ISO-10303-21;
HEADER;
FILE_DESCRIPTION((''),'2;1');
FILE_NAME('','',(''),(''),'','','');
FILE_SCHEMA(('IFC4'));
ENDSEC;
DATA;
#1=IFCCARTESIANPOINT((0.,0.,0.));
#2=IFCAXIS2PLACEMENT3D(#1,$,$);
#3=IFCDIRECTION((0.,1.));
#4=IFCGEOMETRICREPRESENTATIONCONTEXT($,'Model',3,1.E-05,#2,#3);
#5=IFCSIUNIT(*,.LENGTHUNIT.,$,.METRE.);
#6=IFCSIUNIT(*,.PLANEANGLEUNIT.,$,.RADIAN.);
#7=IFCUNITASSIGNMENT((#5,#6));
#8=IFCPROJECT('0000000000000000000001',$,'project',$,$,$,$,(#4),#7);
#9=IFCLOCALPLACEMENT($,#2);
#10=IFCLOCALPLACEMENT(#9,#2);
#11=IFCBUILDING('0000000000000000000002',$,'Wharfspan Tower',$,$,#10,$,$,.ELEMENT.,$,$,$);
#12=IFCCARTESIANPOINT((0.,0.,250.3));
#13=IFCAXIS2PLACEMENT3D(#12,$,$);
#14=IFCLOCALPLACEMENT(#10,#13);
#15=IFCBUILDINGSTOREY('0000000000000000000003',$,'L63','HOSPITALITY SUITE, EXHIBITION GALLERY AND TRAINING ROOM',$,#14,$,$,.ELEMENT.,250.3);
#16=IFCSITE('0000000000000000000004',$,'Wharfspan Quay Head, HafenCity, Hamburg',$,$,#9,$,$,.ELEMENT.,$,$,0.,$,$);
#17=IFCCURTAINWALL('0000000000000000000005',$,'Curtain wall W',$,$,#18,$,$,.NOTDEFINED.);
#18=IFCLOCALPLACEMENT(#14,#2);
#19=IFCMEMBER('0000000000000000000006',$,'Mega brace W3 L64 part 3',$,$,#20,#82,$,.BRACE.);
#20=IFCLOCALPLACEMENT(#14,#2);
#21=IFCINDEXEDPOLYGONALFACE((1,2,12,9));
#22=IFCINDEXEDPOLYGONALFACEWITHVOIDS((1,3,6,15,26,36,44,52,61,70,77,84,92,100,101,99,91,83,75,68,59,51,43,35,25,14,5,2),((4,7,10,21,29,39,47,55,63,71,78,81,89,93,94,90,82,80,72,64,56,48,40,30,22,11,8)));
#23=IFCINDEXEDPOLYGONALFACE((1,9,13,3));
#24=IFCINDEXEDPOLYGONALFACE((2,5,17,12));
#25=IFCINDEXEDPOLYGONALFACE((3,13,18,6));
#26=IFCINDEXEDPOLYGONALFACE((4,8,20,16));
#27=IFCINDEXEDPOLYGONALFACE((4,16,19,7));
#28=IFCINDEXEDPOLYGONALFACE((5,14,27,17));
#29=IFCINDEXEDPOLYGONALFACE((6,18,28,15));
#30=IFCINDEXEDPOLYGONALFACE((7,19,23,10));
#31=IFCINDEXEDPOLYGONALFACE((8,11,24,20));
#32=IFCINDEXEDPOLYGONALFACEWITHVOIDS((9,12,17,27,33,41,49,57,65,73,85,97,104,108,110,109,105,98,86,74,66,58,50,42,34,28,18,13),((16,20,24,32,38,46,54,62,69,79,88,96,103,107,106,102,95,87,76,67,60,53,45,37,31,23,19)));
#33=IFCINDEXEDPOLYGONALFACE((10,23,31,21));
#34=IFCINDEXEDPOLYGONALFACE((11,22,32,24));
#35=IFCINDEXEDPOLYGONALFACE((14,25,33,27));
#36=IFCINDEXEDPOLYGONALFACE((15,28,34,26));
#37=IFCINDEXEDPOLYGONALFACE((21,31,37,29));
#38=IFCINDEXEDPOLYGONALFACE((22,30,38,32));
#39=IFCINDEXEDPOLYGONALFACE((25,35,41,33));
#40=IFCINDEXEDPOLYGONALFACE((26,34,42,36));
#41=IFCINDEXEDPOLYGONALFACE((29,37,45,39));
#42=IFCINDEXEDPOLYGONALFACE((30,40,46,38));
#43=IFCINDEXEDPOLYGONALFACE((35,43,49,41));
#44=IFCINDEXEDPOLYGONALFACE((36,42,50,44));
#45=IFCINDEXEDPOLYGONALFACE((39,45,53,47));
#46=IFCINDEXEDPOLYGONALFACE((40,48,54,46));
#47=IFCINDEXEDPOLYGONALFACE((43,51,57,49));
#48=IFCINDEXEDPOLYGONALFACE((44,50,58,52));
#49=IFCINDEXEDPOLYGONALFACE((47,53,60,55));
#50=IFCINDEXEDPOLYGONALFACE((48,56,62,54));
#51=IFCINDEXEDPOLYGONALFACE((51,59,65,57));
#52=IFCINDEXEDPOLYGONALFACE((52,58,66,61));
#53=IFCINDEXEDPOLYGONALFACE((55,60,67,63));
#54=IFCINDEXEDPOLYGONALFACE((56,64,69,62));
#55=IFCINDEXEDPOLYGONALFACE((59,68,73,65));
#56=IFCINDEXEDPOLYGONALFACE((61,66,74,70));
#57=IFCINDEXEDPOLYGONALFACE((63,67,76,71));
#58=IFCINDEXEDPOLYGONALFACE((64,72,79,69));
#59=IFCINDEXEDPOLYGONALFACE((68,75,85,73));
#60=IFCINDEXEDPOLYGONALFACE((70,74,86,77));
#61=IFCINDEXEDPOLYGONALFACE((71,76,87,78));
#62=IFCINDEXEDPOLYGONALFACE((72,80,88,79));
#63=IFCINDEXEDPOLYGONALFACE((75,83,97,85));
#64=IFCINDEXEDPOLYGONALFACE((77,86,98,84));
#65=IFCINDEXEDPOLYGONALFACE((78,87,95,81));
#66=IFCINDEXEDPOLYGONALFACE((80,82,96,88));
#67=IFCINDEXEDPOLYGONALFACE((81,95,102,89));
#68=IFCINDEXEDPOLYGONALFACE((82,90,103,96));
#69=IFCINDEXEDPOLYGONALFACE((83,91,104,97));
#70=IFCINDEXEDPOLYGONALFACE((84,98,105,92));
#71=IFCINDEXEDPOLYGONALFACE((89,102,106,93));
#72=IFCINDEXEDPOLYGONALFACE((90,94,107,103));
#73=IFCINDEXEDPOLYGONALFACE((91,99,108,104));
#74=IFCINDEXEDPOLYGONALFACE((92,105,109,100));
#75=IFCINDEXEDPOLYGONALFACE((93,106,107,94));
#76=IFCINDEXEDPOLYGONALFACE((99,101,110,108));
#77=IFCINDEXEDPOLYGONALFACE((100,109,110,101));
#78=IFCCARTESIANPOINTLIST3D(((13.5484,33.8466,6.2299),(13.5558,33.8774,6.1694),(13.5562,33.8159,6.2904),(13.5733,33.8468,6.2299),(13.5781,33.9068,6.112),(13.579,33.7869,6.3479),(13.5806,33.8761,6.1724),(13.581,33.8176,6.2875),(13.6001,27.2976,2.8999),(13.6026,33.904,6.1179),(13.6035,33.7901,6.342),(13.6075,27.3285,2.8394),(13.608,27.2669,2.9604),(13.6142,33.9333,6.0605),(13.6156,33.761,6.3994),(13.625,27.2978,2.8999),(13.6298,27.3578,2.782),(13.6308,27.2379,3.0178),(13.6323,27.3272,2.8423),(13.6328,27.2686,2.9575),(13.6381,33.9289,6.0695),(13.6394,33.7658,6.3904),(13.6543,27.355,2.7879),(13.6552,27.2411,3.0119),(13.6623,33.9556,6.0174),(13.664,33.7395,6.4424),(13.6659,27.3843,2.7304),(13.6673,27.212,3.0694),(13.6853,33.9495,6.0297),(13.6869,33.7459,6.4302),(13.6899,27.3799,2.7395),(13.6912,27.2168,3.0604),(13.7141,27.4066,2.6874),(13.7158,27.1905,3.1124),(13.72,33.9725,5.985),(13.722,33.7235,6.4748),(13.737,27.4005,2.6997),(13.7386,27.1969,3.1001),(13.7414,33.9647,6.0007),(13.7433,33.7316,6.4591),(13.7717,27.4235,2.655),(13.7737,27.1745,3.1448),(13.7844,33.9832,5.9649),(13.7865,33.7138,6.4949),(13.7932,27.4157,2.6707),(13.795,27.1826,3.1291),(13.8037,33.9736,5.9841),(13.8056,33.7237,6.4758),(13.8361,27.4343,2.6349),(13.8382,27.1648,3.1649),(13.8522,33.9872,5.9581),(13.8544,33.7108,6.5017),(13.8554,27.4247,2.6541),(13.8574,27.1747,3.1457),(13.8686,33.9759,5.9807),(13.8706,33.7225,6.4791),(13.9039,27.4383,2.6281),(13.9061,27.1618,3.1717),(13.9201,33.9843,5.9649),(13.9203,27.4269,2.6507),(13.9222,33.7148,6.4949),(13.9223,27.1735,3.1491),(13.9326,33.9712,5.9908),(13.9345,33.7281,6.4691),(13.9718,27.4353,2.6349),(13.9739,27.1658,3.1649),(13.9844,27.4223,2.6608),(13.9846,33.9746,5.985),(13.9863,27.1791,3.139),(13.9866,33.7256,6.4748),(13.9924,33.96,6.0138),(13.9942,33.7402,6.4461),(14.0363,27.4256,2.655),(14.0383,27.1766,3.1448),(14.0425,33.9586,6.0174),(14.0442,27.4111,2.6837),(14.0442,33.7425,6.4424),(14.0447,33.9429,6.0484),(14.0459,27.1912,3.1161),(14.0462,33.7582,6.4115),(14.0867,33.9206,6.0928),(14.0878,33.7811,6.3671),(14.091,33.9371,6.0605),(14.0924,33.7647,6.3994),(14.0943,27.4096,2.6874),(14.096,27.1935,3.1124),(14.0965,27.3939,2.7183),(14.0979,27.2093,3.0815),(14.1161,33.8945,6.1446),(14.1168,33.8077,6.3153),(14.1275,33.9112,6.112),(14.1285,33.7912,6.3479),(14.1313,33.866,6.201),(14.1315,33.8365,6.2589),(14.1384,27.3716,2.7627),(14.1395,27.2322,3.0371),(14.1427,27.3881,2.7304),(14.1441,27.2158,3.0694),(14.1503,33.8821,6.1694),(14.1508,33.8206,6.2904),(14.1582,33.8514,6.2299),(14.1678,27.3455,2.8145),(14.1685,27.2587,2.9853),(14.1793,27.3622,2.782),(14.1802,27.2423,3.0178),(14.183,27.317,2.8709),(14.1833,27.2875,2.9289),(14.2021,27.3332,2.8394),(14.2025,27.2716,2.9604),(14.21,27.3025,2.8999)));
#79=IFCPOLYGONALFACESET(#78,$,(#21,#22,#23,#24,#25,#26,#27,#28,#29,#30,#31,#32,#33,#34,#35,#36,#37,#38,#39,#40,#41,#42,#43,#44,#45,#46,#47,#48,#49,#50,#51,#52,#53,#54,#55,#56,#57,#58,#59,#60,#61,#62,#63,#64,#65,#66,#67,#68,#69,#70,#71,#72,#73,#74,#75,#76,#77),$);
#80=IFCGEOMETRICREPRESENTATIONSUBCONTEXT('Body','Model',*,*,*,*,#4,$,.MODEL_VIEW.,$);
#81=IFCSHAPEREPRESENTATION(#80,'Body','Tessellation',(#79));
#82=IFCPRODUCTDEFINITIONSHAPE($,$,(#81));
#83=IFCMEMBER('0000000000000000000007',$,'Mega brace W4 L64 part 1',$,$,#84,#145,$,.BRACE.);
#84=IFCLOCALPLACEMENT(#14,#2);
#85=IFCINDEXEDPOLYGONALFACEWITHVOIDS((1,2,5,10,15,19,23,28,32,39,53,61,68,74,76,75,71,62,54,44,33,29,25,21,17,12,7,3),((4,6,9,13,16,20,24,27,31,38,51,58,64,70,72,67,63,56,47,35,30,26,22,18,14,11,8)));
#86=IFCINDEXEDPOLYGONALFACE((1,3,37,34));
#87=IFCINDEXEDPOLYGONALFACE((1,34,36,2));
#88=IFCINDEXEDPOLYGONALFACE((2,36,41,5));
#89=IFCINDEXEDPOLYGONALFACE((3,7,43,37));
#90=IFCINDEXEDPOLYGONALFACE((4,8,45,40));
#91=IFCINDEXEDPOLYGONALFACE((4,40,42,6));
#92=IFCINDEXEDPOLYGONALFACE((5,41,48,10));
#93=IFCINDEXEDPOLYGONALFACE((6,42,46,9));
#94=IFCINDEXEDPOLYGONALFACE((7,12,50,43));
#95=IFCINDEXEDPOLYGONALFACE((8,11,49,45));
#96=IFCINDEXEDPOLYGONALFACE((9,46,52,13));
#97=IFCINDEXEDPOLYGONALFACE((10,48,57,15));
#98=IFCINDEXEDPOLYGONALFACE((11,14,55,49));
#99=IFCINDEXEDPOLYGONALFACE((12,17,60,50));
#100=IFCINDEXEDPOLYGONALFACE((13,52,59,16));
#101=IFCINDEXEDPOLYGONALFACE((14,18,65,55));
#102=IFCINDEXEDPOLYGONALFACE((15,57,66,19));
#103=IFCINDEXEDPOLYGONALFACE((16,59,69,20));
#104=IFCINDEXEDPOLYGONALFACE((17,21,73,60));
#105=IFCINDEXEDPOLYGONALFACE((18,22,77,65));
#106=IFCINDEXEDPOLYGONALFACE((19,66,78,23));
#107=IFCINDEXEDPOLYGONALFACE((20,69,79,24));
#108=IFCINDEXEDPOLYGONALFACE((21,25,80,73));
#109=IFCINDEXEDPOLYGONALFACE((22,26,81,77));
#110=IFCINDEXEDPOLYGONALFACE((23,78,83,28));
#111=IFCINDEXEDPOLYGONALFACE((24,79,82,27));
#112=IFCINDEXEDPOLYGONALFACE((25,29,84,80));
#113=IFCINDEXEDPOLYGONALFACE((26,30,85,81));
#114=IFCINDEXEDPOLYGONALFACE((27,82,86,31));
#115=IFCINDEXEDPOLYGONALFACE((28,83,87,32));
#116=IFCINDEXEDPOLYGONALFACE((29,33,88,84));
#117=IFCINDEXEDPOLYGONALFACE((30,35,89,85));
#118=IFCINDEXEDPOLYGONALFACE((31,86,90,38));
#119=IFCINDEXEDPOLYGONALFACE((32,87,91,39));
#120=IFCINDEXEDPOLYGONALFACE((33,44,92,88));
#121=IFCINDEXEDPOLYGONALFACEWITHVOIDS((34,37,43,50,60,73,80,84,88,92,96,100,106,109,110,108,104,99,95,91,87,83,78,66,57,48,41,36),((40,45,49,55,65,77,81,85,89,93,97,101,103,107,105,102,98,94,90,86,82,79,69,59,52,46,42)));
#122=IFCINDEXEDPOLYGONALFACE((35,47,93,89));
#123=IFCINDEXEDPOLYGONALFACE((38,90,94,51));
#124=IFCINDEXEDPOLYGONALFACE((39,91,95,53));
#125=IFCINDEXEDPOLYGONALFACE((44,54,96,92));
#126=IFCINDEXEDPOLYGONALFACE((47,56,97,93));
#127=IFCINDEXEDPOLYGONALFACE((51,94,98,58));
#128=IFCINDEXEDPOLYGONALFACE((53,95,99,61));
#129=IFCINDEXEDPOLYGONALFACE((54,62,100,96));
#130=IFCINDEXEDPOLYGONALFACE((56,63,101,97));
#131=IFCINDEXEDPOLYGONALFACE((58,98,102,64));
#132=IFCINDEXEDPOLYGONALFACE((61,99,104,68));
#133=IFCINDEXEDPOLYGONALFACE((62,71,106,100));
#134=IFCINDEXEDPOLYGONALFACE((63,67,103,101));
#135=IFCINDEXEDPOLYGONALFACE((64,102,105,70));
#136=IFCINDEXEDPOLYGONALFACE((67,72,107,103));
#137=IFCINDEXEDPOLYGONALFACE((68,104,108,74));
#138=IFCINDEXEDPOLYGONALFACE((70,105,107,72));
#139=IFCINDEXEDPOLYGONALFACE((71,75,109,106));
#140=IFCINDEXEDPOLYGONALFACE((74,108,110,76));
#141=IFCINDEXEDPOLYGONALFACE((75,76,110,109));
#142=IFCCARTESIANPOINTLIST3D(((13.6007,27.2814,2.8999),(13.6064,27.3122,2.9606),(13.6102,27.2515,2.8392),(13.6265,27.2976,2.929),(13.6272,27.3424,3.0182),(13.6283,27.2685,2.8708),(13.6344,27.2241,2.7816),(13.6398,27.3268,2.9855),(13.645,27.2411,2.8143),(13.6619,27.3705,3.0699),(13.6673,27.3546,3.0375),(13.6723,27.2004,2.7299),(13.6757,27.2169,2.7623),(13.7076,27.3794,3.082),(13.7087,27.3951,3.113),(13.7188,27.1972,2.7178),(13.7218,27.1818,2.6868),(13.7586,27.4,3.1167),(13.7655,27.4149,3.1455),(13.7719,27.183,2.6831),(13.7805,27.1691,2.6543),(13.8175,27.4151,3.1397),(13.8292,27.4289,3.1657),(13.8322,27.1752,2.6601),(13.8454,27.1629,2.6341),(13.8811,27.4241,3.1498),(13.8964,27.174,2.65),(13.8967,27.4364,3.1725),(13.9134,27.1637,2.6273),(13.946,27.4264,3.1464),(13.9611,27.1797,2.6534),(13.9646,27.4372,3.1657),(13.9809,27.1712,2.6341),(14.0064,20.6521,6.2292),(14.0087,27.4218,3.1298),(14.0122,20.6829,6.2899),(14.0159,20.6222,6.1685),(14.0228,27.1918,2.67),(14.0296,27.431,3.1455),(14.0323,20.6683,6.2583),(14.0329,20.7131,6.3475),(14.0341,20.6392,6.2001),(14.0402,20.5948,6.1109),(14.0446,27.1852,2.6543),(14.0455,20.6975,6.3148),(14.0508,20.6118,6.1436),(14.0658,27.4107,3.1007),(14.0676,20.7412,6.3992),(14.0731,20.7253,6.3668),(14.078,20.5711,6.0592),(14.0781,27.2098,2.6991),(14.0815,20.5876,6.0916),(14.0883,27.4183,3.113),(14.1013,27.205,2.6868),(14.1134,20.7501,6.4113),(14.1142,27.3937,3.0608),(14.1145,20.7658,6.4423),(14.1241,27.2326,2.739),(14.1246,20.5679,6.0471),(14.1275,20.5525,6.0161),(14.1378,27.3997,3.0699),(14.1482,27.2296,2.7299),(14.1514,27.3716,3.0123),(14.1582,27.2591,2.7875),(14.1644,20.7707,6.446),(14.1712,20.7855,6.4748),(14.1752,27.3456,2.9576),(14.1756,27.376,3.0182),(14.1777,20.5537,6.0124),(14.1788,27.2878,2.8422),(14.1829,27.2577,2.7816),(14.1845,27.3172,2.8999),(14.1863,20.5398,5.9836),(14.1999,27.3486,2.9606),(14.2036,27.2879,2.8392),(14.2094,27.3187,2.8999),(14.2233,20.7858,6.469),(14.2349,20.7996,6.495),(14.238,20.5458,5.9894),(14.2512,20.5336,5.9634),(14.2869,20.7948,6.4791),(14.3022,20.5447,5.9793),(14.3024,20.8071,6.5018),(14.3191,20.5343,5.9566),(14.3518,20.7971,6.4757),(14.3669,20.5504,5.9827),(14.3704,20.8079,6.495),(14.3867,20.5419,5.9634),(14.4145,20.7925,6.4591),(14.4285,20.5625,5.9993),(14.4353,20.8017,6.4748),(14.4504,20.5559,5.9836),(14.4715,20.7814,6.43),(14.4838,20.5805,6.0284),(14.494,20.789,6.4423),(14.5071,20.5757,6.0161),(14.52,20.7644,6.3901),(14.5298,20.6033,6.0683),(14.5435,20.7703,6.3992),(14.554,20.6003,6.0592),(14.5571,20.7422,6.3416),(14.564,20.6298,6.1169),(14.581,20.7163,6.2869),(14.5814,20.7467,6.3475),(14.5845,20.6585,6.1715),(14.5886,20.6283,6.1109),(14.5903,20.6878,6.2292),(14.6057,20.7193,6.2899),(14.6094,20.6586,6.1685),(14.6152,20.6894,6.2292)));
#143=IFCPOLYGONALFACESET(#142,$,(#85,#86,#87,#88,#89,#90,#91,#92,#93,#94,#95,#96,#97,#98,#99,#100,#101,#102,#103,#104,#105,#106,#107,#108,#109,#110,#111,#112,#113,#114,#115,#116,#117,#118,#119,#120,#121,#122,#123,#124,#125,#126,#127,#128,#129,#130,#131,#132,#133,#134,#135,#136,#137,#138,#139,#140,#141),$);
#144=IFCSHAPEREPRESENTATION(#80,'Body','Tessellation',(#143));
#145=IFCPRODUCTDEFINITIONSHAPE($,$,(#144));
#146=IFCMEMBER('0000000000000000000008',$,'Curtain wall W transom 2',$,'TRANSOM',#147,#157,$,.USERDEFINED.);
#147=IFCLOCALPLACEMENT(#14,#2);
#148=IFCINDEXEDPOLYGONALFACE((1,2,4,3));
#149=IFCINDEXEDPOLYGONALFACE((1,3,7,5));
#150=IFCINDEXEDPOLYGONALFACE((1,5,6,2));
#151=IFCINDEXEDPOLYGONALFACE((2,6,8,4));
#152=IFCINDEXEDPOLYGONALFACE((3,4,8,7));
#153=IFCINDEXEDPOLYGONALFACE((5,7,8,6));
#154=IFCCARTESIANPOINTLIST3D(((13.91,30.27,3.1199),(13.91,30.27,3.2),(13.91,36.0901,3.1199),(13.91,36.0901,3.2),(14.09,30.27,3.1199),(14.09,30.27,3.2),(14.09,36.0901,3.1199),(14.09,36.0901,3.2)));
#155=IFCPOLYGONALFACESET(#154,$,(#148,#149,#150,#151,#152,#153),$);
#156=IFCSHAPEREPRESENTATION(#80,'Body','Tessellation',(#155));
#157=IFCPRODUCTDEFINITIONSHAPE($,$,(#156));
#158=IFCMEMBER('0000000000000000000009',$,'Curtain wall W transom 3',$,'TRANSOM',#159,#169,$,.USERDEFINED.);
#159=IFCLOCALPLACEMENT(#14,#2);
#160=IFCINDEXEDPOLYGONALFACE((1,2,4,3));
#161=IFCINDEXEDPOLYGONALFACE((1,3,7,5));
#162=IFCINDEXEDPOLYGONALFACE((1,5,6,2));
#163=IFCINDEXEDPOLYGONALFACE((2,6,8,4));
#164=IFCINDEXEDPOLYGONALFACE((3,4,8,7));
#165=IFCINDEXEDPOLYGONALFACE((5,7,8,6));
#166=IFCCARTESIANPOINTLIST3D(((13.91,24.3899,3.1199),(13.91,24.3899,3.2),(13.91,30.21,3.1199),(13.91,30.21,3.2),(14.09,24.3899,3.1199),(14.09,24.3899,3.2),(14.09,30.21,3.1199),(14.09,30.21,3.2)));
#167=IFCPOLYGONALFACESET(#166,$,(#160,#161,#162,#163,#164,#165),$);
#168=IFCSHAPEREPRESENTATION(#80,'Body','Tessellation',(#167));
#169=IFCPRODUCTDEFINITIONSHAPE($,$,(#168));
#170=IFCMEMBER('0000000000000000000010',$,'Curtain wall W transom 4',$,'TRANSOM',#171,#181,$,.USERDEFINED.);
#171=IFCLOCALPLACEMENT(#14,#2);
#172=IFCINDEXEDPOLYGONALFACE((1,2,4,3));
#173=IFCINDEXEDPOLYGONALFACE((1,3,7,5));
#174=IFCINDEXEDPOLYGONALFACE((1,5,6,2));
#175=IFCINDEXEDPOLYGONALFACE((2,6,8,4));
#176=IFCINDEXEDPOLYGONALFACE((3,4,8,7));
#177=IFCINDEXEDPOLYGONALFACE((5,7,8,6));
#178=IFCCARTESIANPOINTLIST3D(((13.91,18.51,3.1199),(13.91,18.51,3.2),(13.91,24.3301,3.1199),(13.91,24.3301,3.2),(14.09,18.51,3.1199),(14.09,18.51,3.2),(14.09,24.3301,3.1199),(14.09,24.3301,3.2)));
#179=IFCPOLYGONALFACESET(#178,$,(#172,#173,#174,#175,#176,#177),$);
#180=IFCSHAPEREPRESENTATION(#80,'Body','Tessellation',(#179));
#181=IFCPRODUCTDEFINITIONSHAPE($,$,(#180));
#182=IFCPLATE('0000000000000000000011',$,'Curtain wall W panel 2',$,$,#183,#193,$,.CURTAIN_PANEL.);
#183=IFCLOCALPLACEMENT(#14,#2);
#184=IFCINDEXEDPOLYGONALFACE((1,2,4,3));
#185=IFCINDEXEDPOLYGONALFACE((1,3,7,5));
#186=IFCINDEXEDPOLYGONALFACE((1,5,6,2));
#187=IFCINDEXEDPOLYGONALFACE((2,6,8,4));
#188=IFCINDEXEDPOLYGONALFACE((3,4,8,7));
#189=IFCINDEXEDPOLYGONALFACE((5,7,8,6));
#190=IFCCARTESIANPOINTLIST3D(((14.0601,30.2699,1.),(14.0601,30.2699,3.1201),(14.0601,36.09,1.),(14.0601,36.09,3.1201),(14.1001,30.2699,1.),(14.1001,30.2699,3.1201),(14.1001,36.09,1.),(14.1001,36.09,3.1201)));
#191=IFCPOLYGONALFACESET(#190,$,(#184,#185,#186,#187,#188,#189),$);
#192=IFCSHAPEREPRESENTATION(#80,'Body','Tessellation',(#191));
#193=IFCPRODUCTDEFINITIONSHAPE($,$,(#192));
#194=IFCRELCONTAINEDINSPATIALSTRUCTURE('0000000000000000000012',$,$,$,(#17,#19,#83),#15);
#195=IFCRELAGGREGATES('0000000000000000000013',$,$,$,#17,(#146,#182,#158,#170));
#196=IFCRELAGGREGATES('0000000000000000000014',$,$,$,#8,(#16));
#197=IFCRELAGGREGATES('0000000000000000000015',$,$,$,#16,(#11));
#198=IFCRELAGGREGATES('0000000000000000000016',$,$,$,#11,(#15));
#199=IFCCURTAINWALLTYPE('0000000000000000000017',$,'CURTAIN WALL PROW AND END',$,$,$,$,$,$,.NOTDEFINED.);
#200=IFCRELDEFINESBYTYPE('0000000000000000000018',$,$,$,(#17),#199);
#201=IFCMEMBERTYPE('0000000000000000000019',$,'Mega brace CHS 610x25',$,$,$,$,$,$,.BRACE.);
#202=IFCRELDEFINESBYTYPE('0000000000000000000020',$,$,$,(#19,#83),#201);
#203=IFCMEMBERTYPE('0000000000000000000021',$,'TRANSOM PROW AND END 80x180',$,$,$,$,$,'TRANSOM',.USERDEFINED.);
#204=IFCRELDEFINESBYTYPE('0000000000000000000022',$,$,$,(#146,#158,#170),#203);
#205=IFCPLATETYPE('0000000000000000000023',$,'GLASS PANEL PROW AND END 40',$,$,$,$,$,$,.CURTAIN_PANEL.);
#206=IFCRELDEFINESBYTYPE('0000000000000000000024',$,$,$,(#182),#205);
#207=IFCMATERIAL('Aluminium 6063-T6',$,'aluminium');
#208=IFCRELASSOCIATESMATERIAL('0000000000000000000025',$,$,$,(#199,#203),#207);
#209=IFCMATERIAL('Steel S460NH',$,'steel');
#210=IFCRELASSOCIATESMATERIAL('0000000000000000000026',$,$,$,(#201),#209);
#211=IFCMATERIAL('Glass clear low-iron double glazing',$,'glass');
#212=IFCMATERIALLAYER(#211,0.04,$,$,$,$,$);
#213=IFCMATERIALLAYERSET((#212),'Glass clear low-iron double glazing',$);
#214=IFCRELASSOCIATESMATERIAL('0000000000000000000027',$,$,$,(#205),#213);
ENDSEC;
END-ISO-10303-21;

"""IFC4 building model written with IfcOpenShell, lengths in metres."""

from ifc_helpers import new_model, si_unit, direction, frame, origin, origin_2d, place, context, subcontext, project, spatial, rectangle, hollow_circle, extrude, material, layer, layer_set, material_profile, profile_set, type_object, element, aggregate, save


model = new_model("IFC4")

# Units and contexts
model_context = context("Model", 3, precision=1e-05, world=origin(), true_north=direction((0.0, 1.0)))
body_context = subcontext(model_context, "Body", "Model", "MODEL_VIEW")
ifc_project = project(units=[si_unit("LENGTHUNIT", "METRE"), si_unit("PLANEANGLEUNIT", "RADIAN")], contexts=[model_context])

# Site, building, storey
site_placement = place(None, origin())
site = spatial("IfcSite", under=ifc_project, at=site_placement, Name="Wharfspan Quay Head, HafenCity, Hamburg", CompositionType="ELEMENT", RefElevation=0.0)
building_placement = place(site_placement, origin())
building = spatial("IfcBuilding", under=site, at=building_placement, Name="Wharfspan Tower", CompositionType="ELEMENT")
storey_placement = place(building_placement, frame((0.0, 0.0, 250.3)))
storey = spatial("IfcBuildingStorey", under=building, at=storey_placement, Name="L63", Description="HOSPITALITY SUITE, EXHIBITION GALLERY AND TRAINING ROOM", CompositionType="ELEMENT", Elevation=250.3)

# Curtain wall
ifc_material_1 = material(Name="Aluminium 6063-T6", Category="aluminium")
curtain_wall_type = type_object("IfcCurtainWallType", Name="CURTAIN WALL PROW AND END", PredefinedType="NOTDEFINED", material=ifc_material_1)
curtain_wall_placement = place(storey_placement, origin())
curtain_wall = element("IfcCurtainWall", 1, at=curtain_wall_placement, inside=storey, type_object=curtain_wall_type, Name="Curtain wall W", PredefinedType="NOTDEFINED")

# Members
ifc_material_2 = material(Name="Steel S460NH", Category="steel")
ifc_material_profile_1 = material_profile(ifc_material_2, hollow_circle(Radius=0.3049, WallThickness=0.0249, at=origin_2d()))
ifc_profile_set_1 = profile_set([ifc_material_profile_1], Name="Steel S460NH")
member_type_1 = type_object("IfcMemberType", Name="Mega brace CHS 610x25", PredefinedType="BRACE", material=ifc_profile_set_1)
member_1_placement = place(storey_placement, frame((13.905, 27.3, 2.8999), z_axis=(-0.007044, 0.891361, 0.45324), x_axis=(-0.999973, -0.007904, 0.000003)))
element("IfcMember", 2, at=member_1_placement, inside=storey, type_object=member_type_1, Name="Mega brace W3 L64 part 3", PredefinedType="BRACE", context=body_context, shape_type="SweptSolid", body=[
    extrude(hollow_circle(Radius=0.3049, WallThickness=0.0249, at=origin_2d()), origin(), (0.0, 0.0, 1.0), 7.3472),
])
member_2_placement = place(storey_placement, frame((13.905, 27.3, 2.8999), z_axis=(0.054615, -0.892302, 0.448123), x_axis=(0.998132, 0.061091, -0.000003)))
element("IfcMember", 3, at=member_2_placement, inside=storey, type_object=member_type_1, Name="Mega brace W4 L64 part 1", PredefinedType="BRACE", context=body_context, shape_type="SweptSolid", body=[
    extrude(hollow_circle(Radius=0.3049, WallThickness=0.0249, at=origin_2d()), origin(), (0.0, 0.0, 1.0), 7.4294),
])

# Members
ifc_material_profile_2 = material_profile(ifc_material_1, rectangle(XDim=0.1799, YDim=0.0801, at=origin_2d()))
ifc_profile_set_2 = profile_set([ifc_material_profile_2], Name="Aluminium 6063-T6")
member_type_2 = type_object("IfcMemberType", Name="TRANSOM PROW AND END 80x180", ElementType="TRANSOM", PredefinedType="USERDEFINED", material=ifc_profile_set_2)
member_3_placement = place(storey_placement, frame((14.0, 36.0901, 3.1599), z_axis=(0.0, -1.0, 0.0), x_axis=(1.0, 0.0, 0.0)))
member_3 = element("IfcMember", 4, at=member_3_placement, type_object=member_type_2, Name="Curtain wall W transom 2", ObjectType="TRANSOM", PredefinedType="USERDEFINED", context=body_context, shape_type="SweptSolid", body=[
    extrude(rectangle(XDim=0.1799, YDim=0.0801, at=origin_2d()), origin(), (0.0, 0.0, 1.0), 5.8201),
])
member_4_placement = place(storey_placement, frame((14.0, 30.21, 3.1599), z_axis=(0.0, -1.0, 0.0), x_axis=(1.0, 0.0, 0.0)))
member_4 = element("IfcMember", 5, at=member_4_placement, type_object=member_type_2, Name="Curtain wall W transom 3", ObjectType="TRANSOM", PredefinedType="USERDEFINED", context=body_context, shape_type="SweptSolid", body=[
    extrude(rectangle(XDim=0.1799, YDim=0.0801, at=origin_2d()), origin(), (0.0, 0.0, 1.0), 5.8201),
])
member_5_placement = place(storey_placement, frame((14.0, 24.3301, 3.1599), z_axis=(0.0, -1.0, 0.0), x_axis=(1.0, 0.0, 0.0)))
member_5 = element("IfcMember", 6, at=member_5_placement, type_object=member_type_2, Name="Curtain wall W transom 4", ObjectType="TRANSOM", PredefinedType="USERDEFINED", context=body_context, shape_type="SweptSolid", body=[
    extrude(rectangle(XDim=0.1799, YDim=0.0801, at=origin_2d()), origin(), (0.0, 0.0, 1.0), 5.8201),
])

# Plate
ifc_material_3 = material(Name="Glass clear low-iron double glazing", Category="glass")
ifc_layer_1 = layer(ifc_material_3, 0.04)
ifc_layer_set_1 = layer_set([ifc_layer_1], Name="Glass clear low-iron double glazing")
plate_type_1 = type_object("IfcPlateType", Name="GLASS PANEL PROW AND END 40", PredefinedType="CURTAIN_PANEL", material=ifc_layer_set_1)
plate_1_placement = place(storey_placement, frame((14.0801, 33.1799, 1.0), z_axis=(0.0, 0.0, 1.0), x_axis=(0.0, -1.0, 0.0)))
plate_1 = element("IfcPlate", 7, at=plate_1_placement, type_object=plate_type_1, Name="Curtain wall W panel 2", PredefinedType="CURTAIN_PANEL", context=body_context, shape_type="SweptSolid", body=[
    extrude(rectangle(XDim=5.8201, YDim=0.04, at=origin_2d()), origin(), (0.0, 0.0, 1.0), 2.1201),
])
aggregate(curtain_wall, [member_3, plate_1, member_4, member_5])

save(model, "model.ifc")
